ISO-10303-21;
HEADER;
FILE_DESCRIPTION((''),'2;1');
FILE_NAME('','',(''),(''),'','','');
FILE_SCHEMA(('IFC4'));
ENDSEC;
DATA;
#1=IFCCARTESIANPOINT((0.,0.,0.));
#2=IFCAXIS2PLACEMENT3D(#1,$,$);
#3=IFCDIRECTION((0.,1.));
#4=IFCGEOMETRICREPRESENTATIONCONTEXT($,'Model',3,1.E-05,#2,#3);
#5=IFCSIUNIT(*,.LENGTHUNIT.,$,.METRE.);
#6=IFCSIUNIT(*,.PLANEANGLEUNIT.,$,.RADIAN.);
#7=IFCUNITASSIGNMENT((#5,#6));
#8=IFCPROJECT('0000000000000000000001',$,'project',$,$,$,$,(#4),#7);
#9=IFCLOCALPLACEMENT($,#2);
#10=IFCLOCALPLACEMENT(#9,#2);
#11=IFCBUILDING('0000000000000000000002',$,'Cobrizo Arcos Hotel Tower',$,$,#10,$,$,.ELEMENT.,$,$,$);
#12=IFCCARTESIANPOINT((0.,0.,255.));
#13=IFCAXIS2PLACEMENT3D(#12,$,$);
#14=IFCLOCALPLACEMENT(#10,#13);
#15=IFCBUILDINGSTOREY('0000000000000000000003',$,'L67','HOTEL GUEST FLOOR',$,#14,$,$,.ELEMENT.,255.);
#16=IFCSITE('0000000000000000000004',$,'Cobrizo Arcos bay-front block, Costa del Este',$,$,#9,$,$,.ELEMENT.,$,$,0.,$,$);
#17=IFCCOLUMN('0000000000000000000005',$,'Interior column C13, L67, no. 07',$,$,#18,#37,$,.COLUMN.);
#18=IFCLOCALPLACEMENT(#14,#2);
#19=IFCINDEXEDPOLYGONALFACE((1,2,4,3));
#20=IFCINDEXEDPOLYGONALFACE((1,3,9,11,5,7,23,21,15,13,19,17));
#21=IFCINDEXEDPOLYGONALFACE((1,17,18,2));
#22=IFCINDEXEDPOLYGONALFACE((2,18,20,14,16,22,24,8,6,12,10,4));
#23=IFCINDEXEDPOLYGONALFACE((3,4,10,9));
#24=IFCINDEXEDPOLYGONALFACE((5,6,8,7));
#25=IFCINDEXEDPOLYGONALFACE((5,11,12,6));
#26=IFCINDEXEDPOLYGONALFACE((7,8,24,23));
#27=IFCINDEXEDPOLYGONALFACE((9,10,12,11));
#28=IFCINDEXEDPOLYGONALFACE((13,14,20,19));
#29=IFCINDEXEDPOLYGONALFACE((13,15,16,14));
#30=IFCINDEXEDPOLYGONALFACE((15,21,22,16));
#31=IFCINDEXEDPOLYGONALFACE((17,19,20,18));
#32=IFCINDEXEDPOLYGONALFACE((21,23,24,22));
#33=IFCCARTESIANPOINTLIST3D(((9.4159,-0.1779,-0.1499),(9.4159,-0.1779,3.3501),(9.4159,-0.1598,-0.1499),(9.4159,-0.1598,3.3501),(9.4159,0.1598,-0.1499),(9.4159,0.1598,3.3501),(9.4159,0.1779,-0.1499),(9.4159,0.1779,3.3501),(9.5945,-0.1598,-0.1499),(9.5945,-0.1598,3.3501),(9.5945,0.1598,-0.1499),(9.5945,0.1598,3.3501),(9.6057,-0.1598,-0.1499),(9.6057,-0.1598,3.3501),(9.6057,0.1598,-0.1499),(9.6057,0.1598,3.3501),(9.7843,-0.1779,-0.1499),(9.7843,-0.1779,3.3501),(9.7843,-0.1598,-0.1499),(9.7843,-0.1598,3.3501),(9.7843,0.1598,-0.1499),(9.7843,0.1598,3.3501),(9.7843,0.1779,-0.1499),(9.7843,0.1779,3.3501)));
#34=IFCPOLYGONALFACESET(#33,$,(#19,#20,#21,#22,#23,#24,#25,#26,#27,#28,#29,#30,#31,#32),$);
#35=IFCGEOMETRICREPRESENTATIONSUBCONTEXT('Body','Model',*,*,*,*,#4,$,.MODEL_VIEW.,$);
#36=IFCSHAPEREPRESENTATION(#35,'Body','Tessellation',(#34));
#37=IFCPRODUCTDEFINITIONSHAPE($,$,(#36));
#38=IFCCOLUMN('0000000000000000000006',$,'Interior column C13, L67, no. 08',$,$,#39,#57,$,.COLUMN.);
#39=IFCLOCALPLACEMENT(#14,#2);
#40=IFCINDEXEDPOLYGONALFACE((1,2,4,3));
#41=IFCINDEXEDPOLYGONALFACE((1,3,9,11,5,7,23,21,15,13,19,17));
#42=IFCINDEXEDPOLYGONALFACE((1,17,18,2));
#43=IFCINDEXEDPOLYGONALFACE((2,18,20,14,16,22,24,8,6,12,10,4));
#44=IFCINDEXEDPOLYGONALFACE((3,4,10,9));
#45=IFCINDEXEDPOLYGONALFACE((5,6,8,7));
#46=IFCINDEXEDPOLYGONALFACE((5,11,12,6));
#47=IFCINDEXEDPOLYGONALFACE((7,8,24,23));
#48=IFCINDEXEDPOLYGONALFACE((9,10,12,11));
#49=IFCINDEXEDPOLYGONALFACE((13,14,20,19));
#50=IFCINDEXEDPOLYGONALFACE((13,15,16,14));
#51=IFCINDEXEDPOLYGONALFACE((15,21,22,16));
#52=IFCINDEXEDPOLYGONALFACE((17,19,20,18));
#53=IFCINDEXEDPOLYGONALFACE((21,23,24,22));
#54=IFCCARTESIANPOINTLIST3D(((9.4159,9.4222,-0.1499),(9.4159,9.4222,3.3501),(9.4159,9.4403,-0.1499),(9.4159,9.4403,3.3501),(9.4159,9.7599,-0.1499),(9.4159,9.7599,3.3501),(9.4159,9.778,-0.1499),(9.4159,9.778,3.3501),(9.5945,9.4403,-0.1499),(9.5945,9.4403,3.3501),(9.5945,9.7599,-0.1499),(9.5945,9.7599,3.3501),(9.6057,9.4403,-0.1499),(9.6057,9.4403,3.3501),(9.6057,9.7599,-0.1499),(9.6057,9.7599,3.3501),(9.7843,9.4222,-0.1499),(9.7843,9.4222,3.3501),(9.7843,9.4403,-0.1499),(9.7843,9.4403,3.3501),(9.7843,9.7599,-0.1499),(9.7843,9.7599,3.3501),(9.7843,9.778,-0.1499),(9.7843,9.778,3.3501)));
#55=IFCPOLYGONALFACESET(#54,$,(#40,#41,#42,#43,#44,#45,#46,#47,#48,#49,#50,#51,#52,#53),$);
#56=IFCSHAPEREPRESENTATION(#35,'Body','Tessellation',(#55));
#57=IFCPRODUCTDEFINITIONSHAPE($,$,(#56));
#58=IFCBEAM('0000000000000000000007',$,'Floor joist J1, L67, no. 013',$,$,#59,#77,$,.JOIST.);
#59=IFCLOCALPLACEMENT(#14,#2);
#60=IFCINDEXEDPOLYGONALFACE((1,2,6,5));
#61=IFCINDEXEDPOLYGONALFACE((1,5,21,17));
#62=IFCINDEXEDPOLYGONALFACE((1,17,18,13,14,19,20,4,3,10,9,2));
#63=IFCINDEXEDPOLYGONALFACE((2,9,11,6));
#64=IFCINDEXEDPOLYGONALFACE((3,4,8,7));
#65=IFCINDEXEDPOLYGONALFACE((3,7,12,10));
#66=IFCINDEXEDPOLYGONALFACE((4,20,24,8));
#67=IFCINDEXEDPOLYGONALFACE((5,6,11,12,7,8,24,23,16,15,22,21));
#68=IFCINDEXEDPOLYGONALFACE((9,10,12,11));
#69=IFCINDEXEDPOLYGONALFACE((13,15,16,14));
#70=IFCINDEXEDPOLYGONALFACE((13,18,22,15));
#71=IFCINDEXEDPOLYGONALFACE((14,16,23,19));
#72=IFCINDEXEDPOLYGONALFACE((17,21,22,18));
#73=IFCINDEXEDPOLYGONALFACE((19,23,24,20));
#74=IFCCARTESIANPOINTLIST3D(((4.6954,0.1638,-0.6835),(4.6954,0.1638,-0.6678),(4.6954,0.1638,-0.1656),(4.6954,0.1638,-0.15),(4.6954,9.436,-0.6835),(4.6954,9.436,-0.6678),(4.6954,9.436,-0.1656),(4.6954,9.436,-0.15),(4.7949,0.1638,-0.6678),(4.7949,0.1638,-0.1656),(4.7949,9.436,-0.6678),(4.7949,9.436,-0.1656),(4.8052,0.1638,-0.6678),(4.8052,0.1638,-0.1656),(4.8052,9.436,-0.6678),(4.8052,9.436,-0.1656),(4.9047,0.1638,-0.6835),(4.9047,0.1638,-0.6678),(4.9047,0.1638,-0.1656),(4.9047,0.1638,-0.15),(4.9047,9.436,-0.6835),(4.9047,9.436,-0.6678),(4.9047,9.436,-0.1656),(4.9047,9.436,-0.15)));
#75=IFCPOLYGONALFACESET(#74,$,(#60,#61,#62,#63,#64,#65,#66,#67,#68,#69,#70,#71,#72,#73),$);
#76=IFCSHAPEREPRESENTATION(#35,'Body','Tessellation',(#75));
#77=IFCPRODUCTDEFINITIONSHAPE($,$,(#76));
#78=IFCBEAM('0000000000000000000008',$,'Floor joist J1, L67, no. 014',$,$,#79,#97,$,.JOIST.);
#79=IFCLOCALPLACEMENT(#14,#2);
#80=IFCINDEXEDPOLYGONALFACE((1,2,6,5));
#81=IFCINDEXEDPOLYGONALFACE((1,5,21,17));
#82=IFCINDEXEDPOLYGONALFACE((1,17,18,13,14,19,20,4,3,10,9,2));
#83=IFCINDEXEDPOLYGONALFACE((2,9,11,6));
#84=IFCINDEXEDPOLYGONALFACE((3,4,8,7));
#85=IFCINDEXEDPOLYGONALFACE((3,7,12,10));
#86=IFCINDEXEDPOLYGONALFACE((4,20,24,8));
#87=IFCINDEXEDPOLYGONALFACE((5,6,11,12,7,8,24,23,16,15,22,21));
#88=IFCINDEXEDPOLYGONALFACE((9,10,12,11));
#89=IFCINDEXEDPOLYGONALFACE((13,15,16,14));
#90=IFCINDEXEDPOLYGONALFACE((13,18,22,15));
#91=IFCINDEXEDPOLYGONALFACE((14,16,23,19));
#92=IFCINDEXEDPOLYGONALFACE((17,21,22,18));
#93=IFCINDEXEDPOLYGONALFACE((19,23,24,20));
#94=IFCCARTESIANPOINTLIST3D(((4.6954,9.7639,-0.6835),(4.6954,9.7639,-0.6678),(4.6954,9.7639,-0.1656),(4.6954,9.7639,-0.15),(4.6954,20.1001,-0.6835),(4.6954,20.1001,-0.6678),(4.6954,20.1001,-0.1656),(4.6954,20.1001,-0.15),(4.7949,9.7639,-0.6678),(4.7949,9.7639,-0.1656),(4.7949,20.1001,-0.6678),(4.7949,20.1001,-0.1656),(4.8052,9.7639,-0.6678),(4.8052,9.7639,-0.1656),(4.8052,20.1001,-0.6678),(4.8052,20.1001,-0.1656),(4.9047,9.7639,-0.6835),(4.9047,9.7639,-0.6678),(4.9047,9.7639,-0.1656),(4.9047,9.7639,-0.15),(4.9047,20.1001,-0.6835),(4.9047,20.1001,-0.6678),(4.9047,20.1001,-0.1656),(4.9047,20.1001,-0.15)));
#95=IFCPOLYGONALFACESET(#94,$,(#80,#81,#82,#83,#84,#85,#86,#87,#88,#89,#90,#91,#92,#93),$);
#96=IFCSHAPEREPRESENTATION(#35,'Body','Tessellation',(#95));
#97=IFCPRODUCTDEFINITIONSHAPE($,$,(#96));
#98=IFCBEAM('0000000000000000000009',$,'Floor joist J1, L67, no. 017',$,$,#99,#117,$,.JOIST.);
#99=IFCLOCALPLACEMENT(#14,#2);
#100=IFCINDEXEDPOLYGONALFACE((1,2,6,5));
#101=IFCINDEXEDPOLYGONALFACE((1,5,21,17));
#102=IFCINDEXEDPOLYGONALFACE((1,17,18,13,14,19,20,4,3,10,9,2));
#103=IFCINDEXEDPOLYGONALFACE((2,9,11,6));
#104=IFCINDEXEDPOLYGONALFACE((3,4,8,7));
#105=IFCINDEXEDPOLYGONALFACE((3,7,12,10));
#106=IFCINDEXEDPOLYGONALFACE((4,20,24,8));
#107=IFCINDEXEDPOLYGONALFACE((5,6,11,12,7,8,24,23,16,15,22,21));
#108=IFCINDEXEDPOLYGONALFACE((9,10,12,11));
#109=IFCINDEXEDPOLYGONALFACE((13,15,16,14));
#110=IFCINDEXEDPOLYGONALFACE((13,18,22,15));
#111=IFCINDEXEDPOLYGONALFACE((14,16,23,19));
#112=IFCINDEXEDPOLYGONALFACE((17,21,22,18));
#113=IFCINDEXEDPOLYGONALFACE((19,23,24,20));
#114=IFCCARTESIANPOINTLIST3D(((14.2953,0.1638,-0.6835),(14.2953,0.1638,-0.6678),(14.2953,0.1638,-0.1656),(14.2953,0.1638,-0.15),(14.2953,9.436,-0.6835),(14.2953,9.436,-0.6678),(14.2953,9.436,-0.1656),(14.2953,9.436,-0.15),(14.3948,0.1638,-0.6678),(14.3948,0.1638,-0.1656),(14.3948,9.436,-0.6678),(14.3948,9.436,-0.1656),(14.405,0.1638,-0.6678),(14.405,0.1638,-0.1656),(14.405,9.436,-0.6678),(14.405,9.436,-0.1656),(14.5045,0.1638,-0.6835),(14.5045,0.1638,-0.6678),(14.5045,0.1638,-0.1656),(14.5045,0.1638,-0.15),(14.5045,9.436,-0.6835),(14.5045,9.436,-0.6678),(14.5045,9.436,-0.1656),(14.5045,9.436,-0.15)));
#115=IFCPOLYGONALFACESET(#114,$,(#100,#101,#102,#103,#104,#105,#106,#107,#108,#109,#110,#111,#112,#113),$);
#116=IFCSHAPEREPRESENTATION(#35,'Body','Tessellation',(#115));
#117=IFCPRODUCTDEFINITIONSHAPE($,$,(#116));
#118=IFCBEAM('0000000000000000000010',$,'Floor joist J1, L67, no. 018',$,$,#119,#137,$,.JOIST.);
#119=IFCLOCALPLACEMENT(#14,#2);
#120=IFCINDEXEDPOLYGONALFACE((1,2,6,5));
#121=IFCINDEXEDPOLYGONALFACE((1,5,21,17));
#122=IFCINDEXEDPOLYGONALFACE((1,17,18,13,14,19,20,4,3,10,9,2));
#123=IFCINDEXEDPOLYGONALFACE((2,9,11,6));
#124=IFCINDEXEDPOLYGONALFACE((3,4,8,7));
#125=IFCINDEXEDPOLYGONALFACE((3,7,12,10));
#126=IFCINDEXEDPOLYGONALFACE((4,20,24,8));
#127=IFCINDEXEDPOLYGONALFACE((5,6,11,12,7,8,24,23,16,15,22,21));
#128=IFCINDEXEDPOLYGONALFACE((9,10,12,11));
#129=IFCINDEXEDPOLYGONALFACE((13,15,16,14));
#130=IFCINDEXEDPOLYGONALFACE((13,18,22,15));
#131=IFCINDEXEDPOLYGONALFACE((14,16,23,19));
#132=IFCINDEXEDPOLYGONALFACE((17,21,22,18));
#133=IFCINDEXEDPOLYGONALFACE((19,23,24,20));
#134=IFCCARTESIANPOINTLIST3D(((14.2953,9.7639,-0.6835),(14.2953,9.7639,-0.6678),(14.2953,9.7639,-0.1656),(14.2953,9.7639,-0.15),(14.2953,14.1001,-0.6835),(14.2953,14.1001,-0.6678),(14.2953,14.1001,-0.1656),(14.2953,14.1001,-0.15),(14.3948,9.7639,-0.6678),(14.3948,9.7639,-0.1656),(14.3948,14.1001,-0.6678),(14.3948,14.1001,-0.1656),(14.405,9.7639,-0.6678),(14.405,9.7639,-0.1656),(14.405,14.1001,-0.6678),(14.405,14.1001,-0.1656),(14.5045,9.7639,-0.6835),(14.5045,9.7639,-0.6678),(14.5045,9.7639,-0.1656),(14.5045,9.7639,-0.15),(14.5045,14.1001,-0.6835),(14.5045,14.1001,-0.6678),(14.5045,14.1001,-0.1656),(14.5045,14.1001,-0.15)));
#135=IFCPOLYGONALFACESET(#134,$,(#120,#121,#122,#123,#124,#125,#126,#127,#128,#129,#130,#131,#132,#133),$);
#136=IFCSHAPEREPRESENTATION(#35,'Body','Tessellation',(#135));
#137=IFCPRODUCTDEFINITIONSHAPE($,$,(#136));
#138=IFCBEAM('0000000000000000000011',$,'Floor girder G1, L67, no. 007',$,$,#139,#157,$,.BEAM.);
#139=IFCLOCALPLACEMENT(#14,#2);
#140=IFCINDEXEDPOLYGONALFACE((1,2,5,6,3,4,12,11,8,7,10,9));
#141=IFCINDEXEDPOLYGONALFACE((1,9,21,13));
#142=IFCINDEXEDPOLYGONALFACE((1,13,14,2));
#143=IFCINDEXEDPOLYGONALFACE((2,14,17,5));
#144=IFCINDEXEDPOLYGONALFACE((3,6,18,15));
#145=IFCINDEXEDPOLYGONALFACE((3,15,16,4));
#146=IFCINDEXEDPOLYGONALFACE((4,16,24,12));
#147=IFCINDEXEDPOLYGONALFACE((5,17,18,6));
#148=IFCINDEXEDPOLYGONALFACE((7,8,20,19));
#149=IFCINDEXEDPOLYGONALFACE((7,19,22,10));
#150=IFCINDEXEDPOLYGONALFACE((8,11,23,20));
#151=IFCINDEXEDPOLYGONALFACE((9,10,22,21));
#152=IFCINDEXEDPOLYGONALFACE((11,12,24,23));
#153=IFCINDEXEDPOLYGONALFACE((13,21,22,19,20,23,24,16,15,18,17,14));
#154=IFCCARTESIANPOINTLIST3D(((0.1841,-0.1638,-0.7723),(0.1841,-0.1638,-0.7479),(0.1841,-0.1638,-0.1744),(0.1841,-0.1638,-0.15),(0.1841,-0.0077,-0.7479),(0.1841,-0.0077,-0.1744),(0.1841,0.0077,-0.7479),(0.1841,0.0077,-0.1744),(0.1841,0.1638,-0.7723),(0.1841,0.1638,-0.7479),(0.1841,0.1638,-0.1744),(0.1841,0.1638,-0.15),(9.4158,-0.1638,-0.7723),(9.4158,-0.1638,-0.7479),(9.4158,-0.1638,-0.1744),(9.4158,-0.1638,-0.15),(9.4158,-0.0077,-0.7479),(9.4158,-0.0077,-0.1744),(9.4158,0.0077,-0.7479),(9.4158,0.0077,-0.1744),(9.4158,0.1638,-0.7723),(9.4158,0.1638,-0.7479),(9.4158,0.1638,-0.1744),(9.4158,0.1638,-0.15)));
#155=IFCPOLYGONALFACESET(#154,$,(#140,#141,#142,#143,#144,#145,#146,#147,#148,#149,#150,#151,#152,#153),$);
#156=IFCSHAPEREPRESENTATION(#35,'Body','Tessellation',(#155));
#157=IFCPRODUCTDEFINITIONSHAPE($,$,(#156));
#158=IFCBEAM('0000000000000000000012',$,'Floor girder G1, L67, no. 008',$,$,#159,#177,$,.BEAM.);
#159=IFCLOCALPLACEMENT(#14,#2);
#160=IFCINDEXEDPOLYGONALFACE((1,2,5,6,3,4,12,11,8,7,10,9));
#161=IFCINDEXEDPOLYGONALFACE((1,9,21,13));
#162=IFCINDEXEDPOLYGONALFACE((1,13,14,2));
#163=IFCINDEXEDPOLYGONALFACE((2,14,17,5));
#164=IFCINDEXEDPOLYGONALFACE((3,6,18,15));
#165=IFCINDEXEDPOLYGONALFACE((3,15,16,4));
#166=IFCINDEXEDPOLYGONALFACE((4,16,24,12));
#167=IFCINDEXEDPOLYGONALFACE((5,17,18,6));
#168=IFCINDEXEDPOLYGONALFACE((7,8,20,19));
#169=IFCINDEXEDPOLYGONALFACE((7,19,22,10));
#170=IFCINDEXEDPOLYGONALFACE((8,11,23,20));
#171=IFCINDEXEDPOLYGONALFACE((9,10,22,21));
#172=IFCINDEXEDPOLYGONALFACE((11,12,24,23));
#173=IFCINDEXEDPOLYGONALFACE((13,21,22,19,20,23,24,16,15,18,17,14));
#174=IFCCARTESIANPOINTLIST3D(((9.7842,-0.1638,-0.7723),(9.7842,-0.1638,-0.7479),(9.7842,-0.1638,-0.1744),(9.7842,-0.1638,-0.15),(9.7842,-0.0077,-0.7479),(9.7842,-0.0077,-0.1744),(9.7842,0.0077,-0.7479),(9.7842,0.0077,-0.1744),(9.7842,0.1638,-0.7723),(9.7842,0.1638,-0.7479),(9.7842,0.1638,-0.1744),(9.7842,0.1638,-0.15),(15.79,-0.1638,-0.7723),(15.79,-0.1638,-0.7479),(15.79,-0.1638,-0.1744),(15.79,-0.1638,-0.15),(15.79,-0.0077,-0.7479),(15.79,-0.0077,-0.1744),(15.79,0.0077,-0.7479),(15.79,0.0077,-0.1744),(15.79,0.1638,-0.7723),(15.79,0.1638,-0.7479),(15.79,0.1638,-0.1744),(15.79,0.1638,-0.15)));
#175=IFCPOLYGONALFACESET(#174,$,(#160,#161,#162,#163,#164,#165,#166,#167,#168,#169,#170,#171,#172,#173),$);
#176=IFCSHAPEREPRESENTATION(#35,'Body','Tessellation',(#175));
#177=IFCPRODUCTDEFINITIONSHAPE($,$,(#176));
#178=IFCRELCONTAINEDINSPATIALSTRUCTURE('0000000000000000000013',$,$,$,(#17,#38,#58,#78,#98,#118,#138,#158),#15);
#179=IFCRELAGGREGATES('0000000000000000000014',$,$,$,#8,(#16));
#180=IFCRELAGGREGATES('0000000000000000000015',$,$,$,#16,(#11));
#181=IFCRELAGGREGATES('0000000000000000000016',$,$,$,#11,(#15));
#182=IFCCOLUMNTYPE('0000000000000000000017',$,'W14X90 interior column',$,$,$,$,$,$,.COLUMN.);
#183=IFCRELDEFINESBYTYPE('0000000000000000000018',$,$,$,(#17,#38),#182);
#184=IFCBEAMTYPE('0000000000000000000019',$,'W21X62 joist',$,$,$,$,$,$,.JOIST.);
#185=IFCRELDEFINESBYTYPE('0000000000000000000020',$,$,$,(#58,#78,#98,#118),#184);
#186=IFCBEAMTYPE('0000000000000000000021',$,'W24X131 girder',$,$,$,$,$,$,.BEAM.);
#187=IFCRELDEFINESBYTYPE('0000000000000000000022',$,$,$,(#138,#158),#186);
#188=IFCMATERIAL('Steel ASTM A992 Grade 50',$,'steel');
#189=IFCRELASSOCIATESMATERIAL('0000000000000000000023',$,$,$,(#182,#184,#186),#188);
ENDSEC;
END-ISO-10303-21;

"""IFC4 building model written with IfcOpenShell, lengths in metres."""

from ifc_helpers import new_model, si_unit, direction, frame, origin, origin_2d, place, context, subcontext, project, spatial, i_section, extrude, material, material_profile, profile_set, type_object, element, save


model = new_model("IFC4")

# Units and contexts
model_context = context("Model", 3, precision=1e-05, world=origin(), true_north=direction((0.0, 1.0)))
body_context = subcontext(model_context, "Body", "Model", "MODEL_VIEW")
ifc_project = project(units=[si_unit("LENGTHUNIT", "METRE"), si_unit("PLANEANGLEUNIT", "RADIAN")], contexts=[model_context])

# Site, building, storey
site_placement = place(None, origin())
site = spatial("IfcSite", under=ifc_project, at=site_placement, Name="Cobrizo Arcos bay-front block, Costa del Este", CompositionType="ELEMENT", RefElevation=0.0)
building_placement = place(site_placement, origin())
building = spatial("IfcBuilding", under=site, at=building_placement, Name="Cobrizo Arcos Hotel Tower", CompositionType="ELEMENT")
storey_placement = place(building_placement, frame((0.0, 0.0, 255.0)))
storey = spatial("IfcBuildingStorey", under=building, at=storey_placement, Name="L67", Description="HOTEL GUEST FLOOR", CompositionType="ELEMENT", Elevation=255.0)

# Columns
ifc_material_1 = material(Name="Steel ASTM A992 Grade 50", Category="steel")
ifc_material_profile_1 = material_profile(ifc_material_1, i_section(OverallWidth=0.3684, OverallDepth=0.3557, WebThickness=0.0112, FlangeThickness=0.0181, at=origin_2d()), Name="W14X90")
ifc_profile_set_1 = profile_set([ifc_material_profile_1], Name="Steel ASTM A992 Grade 50")
column_type = type_object("IfcColumnType", Name="W14X90 interior column", PredefinedType="COLUMN", material=ifc_profile_set_1)
for number, where, z_axis, x_axis, name in (
    (1, (9.6001, 0.0, -0.1499), (0.0, 0.0, 1.0), (1.0, 0.0, 0.0), "Interior column C13, L67, no. 07"),
    (2, (9.6001, 9.6001, -0.1499), (0.0, 0.0, 1.0), (1.0, 0.0, 0.0), "Interior column C13, L67, no. 08"),
):
    element("IfcColumn", number, at=place(storey_placement, frame(where, z_axis=z_axis, x_axis=x_axis)), inside=storey, type_object=column_type, Name=name, PredefinedType="COLUMN", context=body_context, shape_type="SweptSolid", body=[
        extrude(i_section(OverallWidth=0.3684, OverallDepth=0.3557, WebThickness=0.0112, FlangeThickness=0.0181, at=origin_2d()), origin(), (0.0, 0.0, 1.0), 3.5),
    ])

# Beams
ifc_material_profile_2 = material_profile(ifc_material_1, i_section(OverallWidth=0.2092, OverallDepth=0.5334, WebThickness=0.0103, FlangeThickness=0.0156, at=origin_2d()), Name="W21X62")
ifc_profile_set_2 = profile_set([ifc_material_profile_2], Name="Steel ASTM A992 Grade 50")
beam_type_1 = type_object("IfcBeamType", Name="W21X62 joist", PredefinedType="JOIST", material=ifc_profile_set_2)
beam_1_placement = place(storey_placement, frame((4.8, 0.1638, -0.4167), z_axis=(0.0, 1.0, 0.0), x_axis=(-1.0, 0.0, 0.0)))
element("IfcBeam", 3, at=beam_1_placement, inside=storey, type_object=beam_type_1, Name="Floor joist J1, L67, no. 013", PredefinedType="JOIST", context=body_context, shape_type="SweptSolid", body=[
    extrude(i_section(OverallWidth=0.2092, OverallDepth=0.5334, WebThickness=0.0103, FlangeThickness=0.0156, at=origin_2d()), origin(), (0.0, 0.0, 1.0), 9.2722),
])
beam_2_placement = place(storey_placement, frame((4.8, 9.7639, -0.4167), z_axis=(0.0, 1.0, 0.0), x_axis=(-1.0, 0.0, 0.0)))
element("IfcBeam", 4, at=beam_2_placement, inside=storey, type_object=beam_type_1, Name="Floor joist J1, L67, no. 014", PredefinedType="JOIST", context=body_context, shape_type="SweptSolid", body=[
    extrude(i_section(OverallWidth=0.2092, OverallDepth=0.5334, WebThickness=0.0103, FlangeThickness=0.0156, at=origin_2d()), origin(), (0.0, 0.0, 1.0), 10.3362),
])
beam_3_placement = place(storey_placement, frame((14.3999, 0.1638, -0.4167), z_axis=(0.0, 1.0, 0.0), x_axis=(-1.0, 0.0, 0.0)))
element("IfcBeam", 5, at=beam_3_placement, inside=storey, type_object=beam_type_1, Name="Floor joist J1, L67, no. 017", PredefinedType="JOIST", context=body_context, shape_type="SweptSolid", body=[
    extrude(i_section(OverallWidth=0.2092, OverallDepth=0.5334, WebThickness=0.0103, FlangeThickness=0.0156, at=origin_2d()), origin(), (0.0, 0.0, 1.0), 9.2722),
])
beam_4_placement = place(storey_placement, frame((14.3999, 9.7639, -0.4167), z_axis=(0.0, 1.0, 0.0), x_axis=(-1.0, 0.0, 0.0)))
element("IfcBeam", 6, at=beam_4_placement, inside=storey, type_object=beam_type_1, Name="Floor joist J1, L67, no. 018", PredefinedType="JOIST", context=body_context, shape_type="SweptSolid", body=[
    extrude(i_section(OverallWidth=0.2092, OverallDepth=0.5334, WebThickness=0.0103, FlangeThickness=0.0156, at=origin_2d()), origin(), (0.0, 0.0, 1.0), 4.3362),
])
ifc_material_profile_3 = material_profile(ifc_material_1, i_section(OverallWidth=0.3276, OverallDepth=0.6223, WebThickness=0.0154, FlangeThickness=0.0244, at=origin_2d()), Name="W24X131")
ifc_profile_set_3 = profile_set([ifc_material_profile_3], Name="Steel ASTM A992 Grade 50")
beam_type_2 = type_object("IfcBeamType", Name="W24X131 girder", PredefinedType="BEAM", material=ifc_profile_set_3)
beam_5_placement = place(storey_placement, frame((0.1841, 0.0, -0.4612), z_axis=(1.0, 0.0, 0.0), x_axis=(0.0, 1.0, 0.0)))
element("IfcBeam", 7, at=beam_5_placement, inside=storey, type_object=beam_type_2, Name="Floor girder G1, L67, no. 007", PredefinedType="BEAM", context=body_context, shape_type="SweptSolid", body=[
    extrude(i_section(OverallWidth=0.3276, OverallDepth=0.6223, WebThickness=0.0154, FlangeThickness=0.0244, at=origin_2d()), origin(), (0.0, 0.0, 1.0), 9.2317),
])
beam_6_placement = place(storey_placement, frame((9.7842, 0.0, -0.4612), z_axis=(1.0, 0.0, 0.0), x_axis=(0.0, 1.0, 0.0)))
element("IfcBeam", 8, at=beam_6_placement, inside=storey, type_object=beam_type_2, Name="Floor girder G1, L67, no. 008", PredefinedType="BEAM", context=body_context, shape_type="SweptSolid", body=[
    extrude(i_section(OverallWidth=0.3276, OverallDepth=0.6223, WebThickness=0.0154, FlangeThickness=0.0244, at=origin_2d()), origin(), (0.0, 0.0, 1.0), 6.0059),
])

save(model, "model.ifc")
